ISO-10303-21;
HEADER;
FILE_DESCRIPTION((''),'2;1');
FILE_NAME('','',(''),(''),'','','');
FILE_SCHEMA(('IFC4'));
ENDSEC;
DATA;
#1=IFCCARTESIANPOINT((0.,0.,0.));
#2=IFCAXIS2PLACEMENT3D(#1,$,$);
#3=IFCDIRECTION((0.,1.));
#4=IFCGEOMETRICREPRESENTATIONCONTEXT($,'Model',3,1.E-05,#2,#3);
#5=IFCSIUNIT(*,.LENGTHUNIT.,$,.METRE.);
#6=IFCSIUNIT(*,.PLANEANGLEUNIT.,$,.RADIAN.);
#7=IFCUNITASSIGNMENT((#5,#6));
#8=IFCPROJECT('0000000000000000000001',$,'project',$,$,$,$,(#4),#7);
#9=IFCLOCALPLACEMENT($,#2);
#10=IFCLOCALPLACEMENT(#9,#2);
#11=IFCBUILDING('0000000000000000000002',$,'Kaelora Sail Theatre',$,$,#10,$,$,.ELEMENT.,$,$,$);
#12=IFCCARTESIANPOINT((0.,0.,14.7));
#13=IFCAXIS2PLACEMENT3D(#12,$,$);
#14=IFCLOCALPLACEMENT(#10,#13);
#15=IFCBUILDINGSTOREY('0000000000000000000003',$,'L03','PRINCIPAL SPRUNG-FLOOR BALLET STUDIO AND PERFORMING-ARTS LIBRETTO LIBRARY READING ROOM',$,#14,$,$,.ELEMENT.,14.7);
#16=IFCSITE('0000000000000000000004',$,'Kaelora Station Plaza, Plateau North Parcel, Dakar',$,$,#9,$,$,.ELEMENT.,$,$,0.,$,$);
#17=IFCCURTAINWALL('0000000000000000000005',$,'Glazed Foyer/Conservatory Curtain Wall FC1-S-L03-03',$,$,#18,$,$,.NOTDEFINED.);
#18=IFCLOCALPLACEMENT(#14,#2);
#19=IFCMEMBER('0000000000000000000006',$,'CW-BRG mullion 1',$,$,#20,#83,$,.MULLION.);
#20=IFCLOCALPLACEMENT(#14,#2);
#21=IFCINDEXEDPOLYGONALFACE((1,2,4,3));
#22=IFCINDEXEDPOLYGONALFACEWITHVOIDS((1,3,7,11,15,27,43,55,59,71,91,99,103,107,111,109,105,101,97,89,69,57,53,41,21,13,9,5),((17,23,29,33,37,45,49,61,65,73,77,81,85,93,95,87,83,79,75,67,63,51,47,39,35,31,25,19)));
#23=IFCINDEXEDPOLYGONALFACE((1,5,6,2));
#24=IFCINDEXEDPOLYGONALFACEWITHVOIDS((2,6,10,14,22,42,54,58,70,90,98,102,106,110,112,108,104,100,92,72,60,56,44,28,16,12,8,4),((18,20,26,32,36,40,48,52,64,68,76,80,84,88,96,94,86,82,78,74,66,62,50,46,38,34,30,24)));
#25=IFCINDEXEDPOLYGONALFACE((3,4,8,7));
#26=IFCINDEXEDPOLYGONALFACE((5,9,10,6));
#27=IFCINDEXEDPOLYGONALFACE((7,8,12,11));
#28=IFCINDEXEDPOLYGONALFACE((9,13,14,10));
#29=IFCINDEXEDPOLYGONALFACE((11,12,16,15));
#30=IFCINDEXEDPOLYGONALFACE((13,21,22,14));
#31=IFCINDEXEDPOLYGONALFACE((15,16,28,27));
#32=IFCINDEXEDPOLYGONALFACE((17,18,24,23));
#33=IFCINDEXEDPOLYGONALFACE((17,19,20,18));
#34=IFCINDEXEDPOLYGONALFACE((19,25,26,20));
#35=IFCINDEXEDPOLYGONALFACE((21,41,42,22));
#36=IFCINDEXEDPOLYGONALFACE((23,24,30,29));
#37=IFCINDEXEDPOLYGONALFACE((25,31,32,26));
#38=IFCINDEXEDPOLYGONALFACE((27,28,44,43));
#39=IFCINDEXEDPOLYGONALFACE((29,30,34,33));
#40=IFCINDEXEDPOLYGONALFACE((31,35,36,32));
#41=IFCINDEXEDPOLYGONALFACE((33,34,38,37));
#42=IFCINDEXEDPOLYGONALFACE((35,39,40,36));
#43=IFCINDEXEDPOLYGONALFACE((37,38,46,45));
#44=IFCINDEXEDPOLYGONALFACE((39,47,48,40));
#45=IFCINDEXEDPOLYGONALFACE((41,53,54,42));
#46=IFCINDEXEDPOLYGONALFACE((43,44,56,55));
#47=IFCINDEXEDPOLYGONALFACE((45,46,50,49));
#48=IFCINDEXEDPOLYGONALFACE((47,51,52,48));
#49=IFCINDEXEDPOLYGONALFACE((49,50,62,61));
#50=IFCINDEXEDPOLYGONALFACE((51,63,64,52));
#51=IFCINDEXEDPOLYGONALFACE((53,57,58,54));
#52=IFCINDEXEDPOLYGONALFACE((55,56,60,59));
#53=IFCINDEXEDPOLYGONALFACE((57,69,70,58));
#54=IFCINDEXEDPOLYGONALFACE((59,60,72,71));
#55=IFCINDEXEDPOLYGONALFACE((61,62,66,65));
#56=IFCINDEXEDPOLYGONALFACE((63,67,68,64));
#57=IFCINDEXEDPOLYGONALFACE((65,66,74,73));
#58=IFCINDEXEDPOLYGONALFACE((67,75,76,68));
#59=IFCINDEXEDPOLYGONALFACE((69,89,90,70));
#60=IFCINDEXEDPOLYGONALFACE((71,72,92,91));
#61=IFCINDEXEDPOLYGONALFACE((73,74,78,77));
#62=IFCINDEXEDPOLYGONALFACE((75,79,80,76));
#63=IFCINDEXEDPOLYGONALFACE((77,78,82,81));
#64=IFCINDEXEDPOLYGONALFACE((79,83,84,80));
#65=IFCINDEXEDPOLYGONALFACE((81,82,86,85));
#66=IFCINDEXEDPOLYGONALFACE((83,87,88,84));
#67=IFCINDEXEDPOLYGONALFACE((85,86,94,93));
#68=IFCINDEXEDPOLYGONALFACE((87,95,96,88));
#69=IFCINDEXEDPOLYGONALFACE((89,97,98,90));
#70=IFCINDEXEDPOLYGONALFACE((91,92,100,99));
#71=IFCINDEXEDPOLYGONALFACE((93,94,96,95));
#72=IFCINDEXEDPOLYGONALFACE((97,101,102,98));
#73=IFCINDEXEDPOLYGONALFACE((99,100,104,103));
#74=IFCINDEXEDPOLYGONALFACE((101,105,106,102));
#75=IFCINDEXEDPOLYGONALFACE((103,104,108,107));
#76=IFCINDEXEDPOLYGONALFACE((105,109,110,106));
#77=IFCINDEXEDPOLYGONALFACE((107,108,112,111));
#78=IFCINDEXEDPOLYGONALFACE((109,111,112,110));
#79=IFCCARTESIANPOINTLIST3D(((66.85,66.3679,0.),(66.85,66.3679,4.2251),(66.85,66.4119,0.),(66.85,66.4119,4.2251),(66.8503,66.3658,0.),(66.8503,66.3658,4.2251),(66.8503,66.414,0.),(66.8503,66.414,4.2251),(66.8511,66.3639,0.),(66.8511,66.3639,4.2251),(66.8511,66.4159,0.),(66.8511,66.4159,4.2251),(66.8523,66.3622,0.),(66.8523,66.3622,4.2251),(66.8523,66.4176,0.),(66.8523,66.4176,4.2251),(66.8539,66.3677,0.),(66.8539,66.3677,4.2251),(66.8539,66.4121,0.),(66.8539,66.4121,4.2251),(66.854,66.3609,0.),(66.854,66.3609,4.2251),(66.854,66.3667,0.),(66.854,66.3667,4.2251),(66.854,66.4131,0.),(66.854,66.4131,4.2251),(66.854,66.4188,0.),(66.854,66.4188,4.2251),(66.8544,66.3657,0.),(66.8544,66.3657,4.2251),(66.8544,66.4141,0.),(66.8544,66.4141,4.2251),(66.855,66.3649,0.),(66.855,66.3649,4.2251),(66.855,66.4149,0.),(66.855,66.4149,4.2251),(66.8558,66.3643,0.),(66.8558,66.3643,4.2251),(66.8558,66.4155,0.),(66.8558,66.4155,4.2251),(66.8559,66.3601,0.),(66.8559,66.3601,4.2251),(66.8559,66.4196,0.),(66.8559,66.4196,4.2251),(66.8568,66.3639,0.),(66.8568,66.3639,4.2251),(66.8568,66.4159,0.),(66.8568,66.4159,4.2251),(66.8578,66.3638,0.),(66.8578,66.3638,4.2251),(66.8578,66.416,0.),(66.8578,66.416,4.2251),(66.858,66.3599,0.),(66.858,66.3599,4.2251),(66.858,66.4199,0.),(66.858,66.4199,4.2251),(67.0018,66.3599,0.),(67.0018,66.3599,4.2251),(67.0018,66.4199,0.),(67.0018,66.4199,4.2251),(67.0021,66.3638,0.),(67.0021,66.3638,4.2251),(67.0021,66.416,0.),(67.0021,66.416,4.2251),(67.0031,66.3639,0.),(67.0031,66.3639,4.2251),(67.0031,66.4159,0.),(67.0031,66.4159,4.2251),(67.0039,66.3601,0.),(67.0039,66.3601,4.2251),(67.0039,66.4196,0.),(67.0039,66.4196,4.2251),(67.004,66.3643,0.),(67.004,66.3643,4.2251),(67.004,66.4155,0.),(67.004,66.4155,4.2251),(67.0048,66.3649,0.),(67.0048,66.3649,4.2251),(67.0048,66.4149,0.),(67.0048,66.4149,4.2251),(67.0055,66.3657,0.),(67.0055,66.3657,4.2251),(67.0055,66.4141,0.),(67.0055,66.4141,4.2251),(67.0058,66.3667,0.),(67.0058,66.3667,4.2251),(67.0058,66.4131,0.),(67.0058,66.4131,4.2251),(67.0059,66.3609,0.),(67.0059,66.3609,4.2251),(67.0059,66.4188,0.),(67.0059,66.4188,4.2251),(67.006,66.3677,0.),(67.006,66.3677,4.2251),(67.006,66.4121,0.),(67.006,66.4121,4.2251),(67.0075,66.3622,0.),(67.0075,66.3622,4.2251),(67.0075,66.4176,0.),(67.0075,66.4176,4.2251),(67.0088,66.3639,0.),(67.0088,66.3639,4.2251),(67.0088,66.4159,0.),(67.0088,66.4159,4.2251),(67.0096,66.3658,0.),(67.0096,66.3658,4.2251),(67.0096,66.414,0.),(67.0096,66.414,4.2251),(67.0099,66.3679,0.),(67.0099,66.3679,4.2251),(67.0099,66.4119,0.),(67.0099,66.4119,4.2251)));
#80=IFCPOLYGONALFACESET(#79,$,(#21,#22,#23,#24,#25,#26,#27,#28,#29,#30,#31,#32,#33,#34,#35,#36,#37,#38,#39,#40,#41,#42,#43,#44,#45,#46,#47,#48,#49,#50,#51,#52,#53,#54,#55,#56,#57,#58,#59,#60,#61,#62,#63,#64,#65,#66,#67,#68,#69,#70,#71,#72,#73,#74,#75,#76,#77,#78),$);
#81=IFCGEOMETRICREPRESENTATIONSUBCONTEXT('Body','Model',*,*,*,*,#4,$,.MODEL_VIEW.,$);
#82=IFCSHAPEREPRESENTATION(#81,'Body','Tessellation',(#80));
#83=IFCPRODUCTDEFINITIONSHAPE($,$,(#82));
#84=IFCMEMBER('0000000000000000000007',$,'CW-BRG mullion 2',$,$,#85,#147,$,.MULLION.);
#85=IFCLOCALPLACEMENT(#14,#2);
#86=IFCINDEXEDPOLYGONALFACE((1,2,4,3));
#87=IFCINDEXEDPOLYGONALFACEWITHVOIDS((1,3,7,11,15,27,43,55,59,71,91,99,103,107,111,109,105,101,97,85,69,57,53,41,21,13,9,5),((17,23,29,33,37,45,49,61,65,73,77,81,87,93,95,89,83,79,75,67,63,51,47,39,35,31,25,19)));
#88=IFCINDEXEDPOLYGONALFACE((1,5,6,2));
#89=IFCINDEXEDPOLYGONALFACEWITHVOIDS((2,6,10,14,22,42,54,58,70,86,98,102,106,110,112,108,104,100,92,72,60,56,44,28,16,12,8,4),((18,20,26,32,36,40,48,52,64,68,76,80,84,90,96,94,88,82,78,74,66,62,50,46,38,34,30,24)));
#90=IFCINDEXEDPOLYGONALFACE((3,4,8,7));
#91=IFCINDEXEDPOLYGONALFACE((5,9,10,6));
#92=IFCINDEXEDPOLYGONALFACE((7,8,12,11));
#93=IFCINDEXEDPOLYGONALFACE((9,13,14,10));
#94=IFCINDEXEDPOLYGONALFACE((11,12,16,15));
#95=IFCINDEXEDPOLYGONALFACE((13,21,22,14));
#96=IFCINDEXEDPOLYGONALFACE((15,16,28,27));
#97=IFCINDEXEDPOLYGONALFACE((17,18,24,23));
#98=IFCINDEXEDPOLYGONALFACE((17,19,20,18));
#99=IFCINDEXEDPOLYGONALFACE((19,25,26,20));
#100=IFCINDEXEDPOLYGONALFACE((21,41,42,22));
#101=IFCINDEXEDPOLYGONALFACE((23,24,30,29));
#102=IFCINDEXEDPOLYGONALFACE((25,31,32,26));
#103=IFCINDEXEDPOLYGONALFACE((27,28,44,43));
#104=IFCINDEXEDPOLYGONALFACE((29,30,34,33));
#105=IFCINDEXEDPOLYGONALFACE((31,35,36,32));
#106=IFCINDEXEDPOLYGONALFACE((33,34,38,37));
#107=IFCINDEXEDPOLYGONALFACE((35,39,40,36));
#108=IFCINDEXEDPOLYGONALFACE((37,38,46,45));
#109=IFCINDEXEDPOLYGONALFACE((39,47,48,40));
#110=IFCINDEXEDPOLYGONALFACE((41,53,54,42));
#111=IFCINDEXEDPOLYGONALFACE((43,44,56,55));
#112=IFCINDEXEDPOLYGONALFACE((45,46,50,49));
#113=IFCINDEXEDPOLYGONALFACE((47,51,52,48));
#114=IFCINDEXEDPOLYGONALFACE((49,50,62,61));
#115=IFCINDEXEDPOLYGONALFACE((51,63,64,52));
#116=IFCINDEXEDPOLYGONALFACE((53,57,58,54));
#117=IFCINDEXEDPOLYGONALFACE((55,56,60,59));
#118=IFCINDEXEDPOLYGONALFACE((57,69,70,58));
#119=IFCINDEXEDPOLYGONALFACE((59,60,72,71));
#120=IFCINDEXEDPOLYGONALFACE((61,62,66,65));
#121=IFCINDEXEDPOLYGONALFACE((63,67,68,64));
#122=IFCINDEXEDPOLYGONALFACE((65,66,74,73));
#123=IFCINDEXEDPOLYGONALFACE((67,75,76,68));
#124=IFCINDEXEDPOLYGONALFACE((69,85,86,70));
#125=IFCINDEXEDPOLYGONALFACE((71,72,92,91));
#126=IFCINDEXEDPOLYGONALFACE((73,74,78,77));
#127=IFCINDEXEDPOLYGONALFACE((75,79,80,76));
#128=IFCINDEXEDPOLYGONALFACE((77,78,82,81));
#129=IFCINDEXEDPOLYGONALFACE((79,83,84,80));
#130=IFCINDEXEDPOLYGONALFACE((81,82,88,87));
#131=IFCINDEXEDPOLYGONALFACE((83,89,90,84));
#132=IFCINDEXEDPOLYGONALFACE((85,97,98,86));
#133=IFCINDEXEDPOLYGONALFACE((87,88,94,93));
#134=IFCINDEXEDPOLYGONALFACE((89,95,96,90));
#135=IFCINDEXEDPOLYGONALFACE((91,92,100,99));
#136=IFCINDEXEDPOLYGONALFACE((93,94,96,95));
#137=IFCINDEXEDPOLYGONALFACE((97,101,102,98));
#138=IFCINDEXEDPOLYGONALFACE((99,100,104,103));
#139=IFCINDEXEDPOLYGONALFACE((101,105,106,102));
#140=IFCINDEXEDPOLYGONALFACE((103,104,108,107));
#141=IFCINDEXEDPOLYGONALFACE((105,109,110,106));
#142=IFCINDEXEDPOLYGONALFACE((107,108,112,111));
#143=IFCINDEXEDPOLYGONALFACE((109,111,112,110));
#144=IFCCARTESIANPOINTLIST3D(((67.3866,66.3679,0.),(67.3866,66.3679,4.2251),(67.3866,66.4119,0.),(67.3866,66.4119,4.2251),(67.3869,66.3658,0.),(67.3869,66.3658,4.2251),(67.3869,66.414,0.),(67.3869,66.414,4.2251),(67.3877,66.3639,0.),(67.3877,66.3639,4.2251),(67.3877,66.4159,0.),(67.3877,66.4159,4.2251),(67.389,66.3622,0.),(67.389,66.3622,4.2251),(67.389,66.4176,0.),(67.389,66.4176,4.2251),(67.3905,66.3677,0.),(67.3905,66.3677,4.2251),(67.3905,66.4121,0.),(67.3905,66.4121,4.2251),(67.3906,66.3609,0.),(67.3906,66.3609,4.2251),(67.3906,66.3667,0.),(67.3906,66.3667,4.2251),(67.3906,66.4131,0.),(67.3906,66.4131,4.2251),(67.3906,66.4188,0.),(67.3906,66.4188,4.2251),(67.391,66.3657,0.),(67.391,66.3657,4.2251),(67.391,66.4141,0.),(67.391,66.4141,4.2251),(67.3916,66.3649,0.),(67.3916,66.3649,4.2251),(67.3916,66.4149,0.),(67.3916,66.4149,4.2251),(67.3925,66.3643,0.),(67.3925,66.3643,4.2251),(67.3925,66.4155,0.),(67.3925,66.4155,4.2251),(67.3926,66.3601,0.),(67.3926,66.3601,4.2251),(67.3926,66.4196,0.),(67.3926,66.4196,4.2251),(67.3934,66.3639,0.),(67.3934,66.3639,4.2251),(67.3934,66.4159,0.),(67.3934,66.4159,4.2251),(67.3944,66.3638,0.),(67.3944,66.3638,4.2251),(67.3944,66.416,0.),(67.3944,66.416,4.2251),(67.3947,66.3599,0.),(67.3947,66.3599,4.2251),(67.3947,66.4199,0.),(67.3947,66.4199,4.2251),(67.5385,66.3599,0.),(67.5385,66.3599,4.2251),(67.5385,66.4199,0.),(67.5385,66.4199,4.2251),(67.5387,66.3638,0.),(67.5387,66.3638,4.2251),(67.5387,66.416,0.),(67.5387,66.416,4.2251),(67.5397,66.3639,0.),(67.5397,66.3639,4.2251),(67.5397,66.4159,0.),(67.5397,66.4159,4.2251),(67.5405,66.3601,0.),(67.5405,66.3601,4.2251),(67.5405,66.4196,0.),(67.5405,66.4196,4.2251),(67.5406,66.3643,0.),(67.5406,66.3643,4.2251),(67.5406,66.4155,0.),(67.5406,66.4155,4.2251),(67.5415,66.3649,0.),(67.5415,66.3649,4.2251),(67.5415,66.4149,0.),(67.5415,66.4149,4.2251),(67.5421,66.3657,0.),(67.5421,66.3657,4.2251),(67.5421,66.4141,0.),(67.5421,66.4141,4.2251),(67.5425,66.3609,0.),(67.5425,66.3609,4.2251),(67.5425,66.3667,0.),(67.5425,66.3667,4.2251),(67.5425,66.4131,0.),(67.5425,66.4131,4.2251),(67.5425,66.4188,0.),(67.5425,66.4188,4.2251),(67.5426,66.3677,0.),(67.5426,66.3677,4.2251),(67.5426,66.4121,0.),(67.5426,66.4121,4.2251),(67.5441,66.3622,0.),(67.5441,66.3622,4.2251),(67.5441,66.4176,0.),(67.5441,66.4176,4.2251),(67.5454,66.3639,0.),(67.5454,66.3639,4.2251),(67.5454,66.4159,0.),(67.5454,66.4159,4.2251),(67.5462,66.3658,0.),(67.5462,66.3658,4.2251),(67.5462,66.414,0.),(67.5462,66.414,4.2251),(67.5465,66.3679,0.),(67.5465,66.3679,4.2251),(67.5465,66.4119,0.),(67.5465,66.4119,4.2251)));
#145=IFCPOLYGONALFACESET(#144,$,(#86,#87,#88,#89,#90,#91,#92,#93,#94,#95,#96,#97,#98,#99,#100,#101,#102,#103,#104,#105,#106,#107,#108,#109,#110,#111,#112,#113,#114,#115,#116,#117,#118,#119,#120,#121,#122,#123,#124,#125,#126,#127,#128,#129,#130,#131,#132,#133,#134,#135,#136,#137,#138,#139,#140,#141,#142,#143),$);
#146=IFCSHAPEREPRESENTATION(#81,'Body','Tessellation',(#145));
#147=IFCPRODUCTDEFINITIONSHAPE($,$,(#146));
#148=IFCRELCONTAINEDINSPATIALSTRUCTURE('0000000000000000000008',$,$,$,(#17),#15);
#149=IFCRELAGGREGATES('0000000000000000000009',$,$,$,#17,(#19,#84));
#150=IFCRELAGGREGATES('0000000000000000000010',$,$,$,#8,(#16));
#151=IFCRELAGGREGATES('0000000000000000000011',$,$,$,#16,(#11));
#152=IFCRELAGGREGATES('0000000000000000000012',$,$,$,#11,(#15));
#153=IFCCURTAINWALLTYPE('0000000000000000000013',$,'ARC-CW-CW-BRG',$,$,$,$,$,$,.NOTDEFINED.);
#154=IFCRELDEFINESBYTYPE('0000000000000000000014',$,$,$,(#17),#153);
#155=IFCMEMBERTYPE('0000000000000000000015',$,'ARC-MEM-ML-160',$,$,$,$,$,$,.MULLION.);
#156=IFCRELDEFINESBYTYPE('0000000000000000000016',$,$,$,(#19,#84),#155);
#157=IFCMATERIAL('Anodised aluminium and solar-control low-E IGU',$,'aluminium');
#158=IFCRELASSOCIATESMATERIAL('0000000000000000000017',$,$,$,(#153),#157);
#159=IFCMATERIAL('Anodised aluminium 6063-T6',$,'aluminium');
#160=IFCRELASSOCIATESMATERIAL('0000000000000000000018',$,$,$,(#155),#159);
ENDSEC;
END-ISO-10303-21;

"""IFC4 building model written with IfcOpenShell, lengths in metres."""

from ifc_helpers import new_model, si_unit, direction, frame, origin, origin_2d, place, context, subcontext, project, spatial, hollow_rectangle, extrude, material, material_profile, profile_set, type_object, element, aggregate, save


model = new_model("IFC4")

# Units and contexts
model_context = context("Model", 3, precision=1e-05, world=origin(), true_north=direction((0.0, 1.0)))
body_context = subcontext(model_context, "Body", "Model", "MODEL_VIEW")
ifc_project = project(units=[si_unit("LENGTHUNIT", "METRE"), si_unit("PLANEANGLEUNIT", "RADIAN")], contexts=[model_context])

# Site, building, storey
site_placement = place(None, origin())
site = spatial("IfcSite", under=ifc_project, at=site_placement, Name="Kaelora Station Plaza, Plateau North Parcel, Dakar", CompositionType="ELEMENT", RefElevation=0.0)
building_placement = place(site_placement, origin())
building = spatial("IfcBuilding", under=site, at=building_placement, Name="Kaelora Sail Theatre", CompositionType="ELEMENT")
storey_placement = place(building_placement, frame((0.0, 0.0, 14.7)))
storey = spatial("IfcBuildingStorey", under=building, at=storey_placement, Name="L03", Description="PRINCIPAL SPRUNG-FLOOR BALLET STUDIO AND PERFORMING-ARTS LIBRETTO LIBRARY READING ROOM", CompositionType="ELEMENT", Elevation=14.7)

# Curtain wall, members
ifc_material_1 = material(Name="Anodised aluminium and solar-control low-E IGU", Category="aluminium")
curtain_wall_type = type_object("IfcCurtainWallType", Name="ARC-CW-CW-BRG", PredefinedType="NOTDEFINED", material=ifc_material_1)
curtain_wall_1_placement = place(storey_placement, origin())
curtain_wall_1 = element("IfcCurtainWall", 1, at=curtain_wall_1_placement, inside=storey, type_object=curtain_wall_type, Name="Glazed Foyer/Conservatory Curtain Wall FC1-S-L03-03", PredefinedType="NOTDEFINED")
ifc_material_2 = material(Name="Anodised aluminium 6063-T6", Category="aluminium")
ifc_material_profile_1 = material_profile(ifc_material_2, hollow_rectangle(XDim=0.0601, YDim=0.1599, WallThickness=0.0039, InnerFilletRadius=0.0039, OuterFilletRadius=0.0081, at=origin_2d()), Name="ALU-MULL 60x160x4")
ifc_profile_set_1 = profile_set([ifc_material_profile_1], Name="Anodised aluminium 6063-T6")
member_type_1 = type_object("IfcMemberType", Name="ARC-MEM-ML-160", PredefinedType="MULLION", material=ifc_profile_set_1)
member_1_placement = place(storey_placement, frame((66.9299, 66.3899, 0.0), z_axis=(0.0, 0.0, 1.0), x_axis=(0.0, 1.0, 0.0)))
member_1 = element("IfcMember", 2, at=member_1_placement, type_object=member_type_1, Name="CW-BRG mullion 1", PredefinedType="MULLION", context=body_context, shape_type="SweptSolid", body=[
    extrude(hollow_rectangle(XDim=0.0601, YDim=0.1599, WallThickness=0.0039, InnerFilletRadius=0.0039, OuterFilletRadius=0.0081, at=origin_2d()), origin(), (0.0, 0.0, 1.0), 4.2251),
])
member_2_placement = place(storey_placement, frame((67.4666, 66.3899, 0.0), z_axis=(0.0, 0.0, 1.0), x_axis=(0.0, 1.0, 0.0)))
member_2 = element("IfcMember", 3, at=member_2_placement, type_object=member_type_1, Name="CW-BRG mullion 2", PredefinedType="MULLION", context=body_context, shape_type="SweptSolid", body=[
    extrude(hollow_rectangle(XDim=0.0601, YDim=0.1599, WallThickness=0.0039, InnerFilletRadius=0.0039, OuterFilletRadius=0.0081, at=origin_2d()), origin(), (0.0, 0.0, 1.0), 4.2251),
])

aggregate(curtain_wall_1, [member_1, member_2])

save(model, "model.ifc")
